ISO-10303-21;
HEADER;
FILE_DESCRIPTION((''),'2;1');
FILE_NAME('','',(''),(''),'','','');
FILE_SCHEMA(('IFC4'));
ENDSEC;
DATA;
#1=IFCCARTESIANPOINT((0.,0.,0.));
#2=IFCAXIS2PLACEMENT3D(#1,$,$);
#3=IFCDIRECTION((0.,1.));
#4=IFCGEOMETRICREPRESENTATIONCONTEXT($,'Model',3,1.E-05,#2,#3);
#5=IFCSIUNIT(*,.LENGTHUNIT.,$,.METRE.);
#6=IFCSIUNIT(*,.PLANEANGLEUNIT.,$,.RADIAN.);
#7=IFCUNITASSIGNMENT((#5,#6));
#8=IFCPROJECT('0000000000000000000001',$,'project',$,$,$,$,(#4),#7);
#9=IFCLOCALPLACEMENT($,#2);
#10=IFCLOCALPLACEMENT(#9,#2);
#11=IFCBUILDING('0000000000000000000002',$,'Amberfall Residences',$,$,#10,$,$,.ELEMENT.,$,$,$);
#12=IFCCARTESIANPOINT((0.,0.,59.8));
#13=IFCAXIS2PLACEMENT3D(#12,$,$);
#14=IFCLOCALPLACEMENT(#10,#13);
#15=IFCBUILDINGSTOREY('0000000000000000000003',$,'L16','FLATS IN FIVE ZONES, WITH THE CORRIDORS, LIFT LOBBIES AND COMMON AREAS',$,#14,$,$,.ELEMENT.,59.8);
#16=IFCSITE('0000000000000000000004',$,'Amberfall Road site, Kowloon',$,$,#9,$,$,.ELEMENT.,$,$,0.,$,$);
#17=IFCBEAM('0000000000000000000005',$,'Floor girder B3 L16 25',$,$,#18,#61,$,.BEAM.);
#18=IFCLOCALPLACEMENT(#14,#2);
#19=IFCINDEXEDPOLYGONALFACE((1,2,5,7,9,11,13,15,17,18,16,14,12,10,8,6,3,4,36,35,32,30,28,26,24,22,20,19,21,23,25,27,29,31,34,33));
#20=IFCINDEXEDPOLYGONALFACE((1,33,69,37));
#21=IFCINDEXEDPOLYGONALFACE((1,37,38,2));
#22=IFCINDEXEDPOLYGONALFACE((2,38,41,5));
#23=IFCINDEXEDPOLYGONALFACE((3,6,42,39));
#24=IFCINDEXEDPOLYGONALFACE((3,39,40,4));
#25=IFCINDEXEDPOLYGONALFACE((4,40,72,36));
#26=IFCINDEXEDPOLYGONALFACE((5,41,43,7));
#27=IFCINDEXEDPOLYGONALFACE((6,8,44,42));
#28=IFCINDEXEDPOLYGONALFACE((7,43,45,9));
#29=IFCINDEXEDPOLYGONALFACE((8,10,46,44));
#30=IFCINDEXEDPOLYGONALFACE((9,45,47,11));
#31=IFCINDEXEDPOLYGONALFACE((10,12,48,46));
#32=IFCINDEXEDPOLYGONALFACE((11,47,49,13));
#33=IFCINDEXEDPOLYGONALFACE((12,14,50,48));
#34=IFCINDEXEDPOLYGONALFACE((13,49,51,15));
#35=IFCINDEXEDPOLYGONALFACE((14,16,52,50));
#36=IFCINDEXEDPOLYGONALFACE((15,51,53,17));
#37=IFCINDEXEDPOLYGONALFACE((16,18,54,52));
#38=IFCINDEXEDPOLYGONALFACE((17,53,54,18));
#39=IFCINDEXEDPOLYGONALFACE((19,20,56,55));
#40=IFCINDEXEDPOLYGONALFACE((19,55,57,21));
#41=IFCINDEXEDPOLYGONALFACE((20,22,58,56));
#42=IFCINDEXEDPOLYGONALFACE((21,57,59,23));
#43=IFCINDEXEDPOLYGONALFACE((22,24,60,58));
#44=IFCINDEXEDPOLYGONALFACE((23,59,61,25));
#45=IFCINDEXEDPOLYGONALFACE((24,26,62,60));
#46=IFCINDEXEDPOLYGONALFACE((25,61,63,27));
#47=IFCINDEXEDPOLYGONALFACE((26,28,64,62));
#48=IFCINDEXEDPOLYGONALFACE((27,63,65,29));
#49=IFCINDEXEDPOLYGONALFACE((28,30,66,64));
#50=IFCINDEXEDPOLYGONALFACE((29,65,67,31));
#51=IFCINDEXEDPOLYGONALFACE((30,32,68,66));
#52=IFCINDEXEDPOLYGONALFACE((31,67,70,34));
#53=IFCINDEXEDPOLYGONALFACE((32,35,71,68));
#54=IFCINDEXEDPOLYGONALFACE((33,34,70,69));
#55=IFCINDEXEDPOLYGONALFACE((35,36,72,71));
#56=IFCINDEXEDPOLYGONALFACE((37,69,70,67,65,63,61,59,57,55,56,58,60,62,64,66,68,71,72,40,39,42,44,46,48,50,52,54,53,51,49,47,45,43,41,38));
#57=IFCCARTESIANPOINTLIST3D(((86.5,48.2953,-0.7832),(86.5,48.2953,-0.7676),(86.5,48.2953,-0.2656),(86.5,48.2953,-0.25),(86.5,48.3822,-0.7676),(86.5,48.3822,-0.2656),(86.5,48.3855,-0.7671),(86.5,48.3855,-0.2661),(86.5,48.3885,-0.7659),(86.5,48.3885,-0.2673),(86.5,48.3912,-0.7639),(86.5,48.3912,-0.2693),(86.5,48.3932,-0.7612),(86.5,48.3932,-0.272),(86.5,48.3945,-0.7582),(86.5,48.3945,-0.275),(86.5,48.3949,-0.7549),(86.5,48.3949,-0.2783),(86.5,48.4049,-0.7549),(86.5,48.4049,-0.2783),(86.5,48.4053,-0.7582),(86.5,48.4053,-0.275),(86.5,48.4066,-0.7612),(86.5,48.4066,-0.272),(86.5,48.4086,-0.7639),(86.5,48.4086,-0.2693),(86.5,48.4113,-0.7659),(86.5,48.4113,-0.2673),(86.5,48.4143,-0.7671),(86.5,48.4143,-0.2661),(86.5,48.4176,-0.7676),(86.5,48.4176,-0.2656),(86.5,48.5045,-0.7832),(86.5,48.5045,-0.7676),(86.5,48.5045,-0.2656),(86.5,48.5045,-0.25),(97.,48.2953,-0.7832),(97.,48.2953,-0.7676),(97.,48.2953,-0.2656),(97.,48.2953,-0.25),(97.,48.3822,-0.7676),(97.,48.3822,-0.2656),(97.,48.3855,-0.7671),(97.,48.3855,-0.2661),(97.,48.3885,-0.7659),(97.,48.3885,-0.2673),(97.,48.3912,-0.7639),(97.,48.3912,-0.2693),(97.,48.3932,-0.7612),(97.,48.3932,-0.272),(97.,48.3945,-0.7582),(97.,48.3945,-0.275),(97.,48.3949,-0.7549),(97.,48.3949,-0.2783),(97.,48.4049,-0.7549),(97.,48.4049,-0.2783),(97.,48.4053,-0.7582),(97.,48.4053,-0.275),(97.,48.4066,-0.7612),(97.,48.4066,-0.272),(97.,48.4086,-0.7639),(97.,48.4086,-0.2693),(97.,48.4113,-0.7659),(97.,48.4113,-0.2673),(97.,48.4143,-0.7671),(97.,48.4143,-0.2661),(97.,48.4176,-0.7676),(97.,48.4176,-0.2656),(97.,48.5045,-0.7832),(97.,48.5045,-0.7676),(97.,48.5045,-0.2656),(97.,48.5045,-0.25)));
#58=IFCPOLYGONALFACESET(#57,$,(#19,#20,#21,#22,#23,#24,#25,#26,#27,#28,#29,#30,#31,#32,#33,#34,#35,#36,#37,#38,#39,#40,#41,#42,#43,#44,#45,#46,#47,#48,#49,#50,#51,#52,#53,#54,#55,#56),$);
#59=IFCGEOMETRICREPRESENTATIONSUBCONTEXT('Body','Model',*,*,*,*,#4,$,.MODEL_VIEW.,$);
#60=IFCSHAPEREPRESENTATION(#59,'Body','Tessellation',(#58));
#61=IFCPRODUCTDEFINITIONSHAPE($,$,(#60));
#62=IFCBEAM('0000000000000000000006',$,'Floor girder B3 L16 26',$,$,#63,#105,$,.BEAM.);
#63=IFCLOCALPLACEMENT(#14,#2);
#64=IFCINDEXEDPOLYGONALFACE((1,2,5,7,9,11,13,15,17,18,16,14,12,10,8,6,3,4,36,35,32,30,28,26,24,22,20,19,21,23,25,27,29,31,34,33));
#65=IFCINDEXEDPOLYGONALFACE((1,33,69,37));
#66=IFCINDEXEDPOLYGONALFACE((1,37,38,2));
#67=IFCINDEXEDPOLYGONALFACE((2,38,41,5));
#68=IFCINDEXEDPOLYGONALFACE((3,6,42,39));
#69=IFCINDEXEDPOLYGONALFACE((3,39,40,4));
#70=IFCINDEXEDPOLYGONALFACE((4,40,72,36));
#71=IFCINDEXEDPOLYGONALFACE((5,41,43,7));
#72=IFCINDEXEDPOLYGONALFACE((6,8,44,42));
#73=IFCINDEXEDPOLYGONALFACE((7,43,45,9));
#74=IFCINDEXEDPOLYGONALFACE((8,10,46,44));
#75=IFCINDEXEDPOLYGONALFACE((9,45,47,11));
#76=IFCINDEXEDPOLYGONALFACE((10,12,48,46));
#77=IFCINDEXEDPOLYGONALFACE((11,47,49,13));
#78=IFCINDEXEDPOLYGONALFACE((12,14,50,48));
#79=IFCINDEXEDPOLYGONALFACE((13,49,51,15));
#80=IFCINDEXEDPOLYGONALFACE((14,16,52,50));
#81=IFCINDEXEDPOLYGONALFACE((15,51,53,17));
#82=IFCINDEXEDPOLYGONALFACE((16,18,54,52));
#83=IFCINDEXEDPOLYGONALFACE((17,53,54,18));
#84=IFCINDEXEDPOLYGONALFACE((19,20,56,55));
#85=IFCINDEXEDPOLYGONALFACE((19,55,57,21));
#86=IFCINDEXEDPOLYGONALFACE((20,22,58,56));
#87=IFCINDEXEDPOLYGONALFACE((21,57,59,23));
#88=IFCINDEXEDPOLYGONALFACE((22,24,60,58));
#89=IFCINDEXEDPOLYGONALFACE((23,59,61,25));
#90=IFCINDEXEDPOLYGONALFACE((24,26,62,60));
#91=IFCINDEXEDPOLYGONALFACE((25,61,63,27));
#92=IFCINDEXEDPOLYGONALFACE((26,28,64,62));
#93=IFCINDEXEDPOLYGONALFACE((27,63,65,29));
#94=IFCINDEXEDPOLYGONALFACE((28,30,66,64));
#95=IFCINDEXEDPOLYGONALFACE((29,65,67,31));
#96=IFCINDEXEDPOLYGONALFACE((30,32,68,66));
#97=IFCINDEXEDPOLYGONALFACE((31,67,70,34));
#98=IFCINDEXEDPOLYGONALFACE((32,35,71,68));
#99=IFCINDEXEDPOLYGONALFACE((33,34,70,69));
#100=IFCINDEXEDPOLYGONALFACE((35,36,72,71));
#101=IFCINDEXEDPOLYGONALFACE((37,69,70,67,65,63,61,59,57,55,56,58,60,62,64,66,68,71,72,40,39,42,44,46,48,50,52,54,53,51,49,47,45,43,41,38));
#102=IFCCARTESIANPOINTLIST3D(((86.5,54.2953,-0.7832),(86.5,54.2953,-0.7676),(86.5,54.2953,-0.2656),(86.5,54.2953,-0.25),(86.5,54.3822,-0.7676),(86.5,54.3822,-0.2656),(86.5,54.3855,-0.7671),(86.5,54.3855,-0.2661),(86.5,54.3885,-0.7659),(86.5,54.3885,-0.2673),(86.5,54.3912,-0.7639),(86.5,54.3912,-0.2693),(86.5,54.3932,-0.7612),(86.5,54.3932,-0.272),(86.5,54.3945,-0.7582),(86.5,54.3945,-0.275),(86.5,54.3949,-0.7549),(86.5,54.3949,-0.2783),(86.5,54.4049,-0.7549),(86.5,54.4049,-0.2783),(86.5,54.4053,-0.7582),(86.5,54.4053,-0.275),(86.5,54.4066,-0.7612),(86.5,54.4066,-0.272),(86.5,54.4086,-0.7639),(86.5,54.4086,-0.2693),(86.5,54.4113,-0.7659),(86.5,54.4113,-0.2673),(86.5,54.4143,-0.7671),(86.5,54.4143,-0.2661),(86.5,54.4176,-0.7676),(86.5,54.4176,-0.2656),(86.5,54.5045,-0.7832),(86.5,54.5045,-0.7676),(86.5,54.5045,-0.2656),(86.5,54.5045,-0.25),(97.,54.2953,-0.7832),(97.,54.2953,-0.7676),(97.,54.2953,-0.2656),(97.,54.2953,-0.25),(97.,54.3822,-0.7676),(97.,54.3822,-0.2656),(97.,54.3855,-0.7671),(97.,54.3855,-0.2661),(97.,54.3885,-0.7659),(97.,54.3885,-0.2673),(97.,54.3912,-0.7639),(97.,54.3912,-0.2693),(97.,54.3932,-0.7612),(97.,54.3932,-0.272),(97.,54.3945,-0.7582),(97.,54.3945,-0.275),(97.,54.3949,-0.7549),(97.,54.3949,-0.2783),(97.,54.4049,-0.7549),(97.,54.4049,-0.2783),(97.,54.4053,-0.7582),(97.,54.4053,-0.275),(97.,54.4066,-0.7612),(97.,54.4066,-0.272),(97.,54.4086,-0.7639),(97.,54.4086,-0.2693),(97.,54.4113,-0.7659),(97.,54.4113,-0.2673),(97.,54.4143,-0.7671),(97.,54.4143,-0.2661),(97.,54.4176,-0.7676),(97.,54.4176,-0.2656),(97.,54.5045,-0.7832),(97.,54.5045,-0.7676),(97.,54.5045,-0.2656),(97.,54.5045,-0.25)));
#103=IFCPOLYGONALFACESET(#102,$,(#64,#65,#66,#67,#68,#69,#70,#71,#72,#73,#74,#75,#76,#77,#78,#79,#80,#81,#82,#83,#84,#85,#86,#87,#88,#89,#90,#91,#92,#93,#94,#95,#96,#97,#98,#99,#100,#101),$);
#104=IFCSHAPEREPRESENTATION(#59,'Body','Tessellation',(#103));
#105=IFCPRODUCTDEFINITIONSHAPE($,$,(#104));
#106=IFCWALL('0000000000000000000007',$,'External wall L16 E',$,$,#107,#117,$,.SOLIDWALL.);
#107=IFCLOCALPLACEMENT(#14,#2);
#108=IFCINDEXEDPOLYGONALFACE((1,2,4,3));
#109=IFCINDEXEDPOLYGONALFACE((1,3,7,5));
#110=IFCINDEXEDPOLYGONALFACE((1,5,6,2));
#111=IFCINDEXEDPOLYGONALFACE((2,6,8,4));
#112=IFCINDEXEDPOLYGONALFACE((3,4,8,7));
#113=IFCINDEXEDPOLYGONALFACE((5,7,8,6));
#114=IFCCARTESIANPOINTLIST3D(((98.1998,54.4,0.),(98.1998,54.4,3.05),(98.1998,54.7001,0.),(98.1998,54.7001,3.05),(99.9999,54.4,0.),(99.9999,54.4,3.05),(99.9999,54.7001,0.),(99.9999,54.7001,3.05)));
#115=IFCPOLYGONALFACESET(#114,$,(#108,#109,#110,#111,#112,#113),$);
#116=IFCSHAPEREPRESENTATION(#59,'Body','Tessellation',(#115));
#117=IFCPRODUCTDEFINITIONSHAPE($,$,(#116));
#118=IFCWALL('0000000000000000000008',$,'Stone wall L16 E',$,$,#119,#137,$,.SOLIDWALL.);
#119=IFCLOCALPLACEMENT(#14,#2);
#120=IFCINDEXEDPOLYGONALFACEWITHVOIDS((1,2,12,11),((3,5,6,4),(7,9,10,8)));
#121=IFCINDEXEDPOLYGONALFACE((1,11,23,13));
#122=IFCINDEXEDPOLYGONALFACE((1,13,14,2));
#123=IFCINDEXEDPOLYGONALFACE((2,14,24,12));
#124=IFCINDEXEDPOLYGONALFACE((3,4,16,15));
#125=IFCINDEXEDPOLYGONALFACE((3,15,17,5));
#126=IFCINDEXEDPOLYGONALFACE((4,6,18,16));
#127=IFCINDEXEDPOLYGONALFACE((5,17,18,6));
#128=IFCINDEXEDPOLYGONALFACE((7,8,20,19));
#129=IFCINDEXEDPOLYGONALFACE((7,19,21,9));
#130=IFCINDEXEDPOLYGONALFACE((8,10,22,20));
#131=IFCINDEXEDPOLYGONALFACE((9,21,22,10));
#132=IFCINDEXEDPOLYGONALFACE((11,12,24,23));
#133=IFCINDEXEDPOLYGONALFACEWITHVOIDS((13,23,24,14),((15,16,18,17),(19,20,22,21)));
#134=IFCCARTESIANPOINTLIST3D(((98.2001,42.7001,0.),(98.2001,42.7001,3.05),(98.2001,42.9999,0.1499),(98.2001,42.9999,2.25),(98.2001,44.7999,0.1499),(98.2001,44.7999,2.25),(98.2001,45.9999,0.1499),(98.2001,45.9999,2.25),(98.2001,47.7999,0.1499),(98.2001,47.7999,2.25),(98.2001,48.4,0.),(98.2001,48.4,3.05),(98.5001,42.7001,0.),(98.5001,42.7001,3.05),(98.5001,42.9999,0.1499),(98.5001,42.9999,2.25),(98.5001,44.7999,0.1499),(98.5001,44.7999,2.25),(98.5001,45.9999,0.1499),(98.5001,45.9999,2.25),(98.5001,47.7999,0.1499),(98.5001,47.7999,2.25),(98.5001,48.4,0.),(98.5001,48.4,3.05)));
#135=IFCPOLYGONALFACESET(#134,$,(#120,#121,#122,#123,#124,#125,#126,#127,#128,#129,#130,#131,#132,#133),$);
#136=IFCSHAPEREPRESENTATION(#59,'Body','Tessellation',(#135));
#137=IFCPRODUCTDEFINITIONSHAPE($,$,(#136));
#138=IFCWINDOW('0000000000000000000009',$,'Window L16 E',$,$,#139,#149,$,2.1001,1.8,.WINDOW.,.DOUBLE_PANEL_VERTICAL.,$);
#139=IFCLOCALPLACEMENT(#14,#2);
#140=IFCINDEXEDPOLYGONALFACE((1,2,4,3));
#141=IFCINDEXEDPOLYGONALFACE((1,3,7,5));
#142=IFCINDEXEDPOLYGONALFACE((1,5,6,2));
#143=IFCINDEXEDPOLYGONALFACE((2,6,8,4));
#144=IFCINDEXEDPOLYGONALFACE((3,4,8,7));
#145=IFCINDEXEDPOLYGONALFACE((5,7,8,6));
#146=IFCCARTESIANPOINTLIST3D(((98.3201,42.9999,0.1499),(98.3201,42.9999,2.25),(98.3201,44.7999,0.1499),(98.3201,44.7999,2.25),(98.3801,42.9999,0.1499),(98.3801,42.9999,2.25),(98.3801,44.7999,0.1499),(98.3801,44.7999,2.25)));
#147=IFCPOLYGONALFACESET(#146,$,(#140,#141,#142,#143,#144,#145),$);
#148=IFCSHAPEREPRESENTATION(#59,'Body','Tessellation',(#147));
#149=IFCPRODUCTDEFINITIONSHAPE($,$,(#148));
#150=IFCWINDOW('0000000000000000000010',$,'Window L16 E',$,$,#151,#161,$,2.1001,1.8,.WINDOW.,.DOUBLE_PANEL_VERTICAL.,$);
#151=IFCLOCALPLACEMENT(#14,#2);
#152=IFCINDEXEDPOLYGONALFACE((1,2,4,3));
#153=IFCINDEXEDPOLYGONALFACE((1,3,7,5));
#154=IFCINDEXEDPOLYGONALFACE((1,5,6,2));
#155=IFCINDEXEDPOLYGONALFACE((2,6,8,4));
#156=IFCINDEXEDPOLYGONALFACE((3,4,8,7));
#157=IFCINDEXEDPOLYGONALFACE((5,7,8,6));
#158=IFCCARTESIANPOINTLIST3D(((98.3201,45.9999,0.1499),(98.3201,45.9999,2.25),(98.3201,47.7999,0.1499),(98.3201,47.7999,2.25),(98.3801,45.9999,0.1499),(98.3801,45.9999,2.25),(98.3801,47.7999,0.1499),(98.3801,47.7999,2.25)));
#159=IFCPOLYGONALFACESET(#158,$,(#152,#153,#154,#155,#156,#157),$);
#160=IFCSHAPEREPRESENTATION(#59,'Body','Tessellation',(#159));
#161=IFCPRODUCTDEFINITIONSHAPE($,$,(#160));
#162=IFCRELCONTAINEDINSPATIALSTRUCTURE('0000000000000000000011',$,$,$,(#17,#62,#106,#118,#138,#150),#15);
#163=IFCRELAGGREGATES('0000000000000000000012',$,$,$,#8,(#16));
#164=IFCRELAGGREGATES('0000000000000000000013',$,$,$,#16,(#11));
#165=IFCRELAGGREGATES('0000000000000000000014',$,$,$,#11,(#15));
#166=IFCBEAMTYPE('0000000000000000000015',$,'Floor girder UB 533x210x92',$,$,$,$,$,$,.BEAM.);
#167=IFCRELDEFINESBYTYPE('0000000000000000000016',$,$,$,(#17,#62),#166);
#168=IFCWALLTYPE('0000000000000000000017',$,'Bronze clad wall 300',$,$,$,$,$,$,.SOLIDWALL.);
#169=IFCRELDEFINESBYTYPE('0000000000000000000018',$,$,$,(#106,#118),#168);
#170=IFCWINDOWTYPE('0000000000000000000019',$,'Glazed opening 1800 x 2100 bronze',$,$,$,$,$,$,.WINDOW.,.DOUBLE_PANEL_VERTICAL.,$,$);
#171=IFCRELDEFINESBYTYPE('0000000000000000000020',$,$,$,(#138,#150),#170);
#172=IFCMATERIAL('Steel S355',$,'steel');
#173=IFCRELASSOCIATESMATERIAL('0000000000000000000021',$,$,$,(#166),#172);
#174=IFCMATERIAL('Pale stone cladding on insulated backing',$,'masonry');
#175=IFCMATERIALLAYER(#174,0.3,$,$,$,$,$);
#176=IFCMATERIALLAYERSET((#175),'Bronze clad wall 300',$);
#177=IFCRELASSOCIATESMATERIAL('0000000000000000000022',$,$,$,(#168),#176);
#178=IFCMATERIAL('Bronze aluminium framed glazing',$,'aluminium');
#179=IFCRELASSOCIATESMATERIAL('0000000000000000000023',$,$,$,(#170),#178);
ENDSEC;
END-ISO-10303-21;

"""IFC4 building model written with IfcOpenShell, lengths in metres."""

from ifc_helpers import new_model, si_unit, direction, frame, frame_2d, origin, origin_2d, place, context, subcontext, project, spatial, rectangle, i_section, extrude, material, layer, layer_set, material_profile, profile_set, type_object, element, fill, save


model = new_model("IFC4")

# Units and contexts
model_context = context("Model", 3, precision=1e-05, world=origin(), true_north=direction((0.0, 1.0)))
body_context = subcontext(model_context, "Body", "Model", "MODEL_VIEW")
ifc_project = project(units=[si_unit("LENGTHUNIT", "METRE"), si_unit("PLANEANGLEUNIT", "RADIAN")], contexts=[model_context])

# Site, building, storey
site_placement = place(None, origin())
site = spatial("IfcSite", under=ifc_project, at=site_placement, Name="Amberfall Road site, Kowloon", CompositionType="ELEMENT", RefElevation=0.0)
building_placement = place(site_placement, origin())
building = spatial("IfcBuilding", under=site, at=building_placement, Name="Amberfall Residences", CompositionType="ELEMENT")
storey_placement = place(building_placement, frame((0.0, 0.0, 59.8)))
storey = spatial("IfcBuildingStorey", under=building, at=storey_placement, Name="L16", Description="FLATS IN FIVE ZONES, WITH THE CORRIDORS, LIFT LOBBIES AND COMMON AREAS", CompositionType="ELEMENT", Elevation=59.8)

# Shared definitions
ifc_material_1 = material(Name="Steel S355", Category="steel")

# Beams
ifc_material_profile_1 = material_profile(ifc_material_1, i_section(OverallWidth=0.2092, OverallDepth=0.5332, WebThickness=0.01, FlangeThickness=0.0156, FilletRadius=0.0127, at=origin_2d()), Name="UB 533x210x92")
ifc_profile_set_1 = profile_set([ifc_material_profile_1], Name="Steel S355")
beam_type_1 = type_object("IfcBeamType", Name="Floor girder UB 533x210x92", PredefinedType="BEAM", material=ifc_profile_set_1)
for number, where, z_axis, x_axis, name in (
    (1, (97.0, 48.3999, -0.5166), (-1.0, 0.0, 0.0), (0.0, -1.0, 0.0), "Floor girder B3 L16 25"),
    (2, (97.0, 54.3999, -0.5166), (-1.0, 0.0, 0.0), (0.0, -1.0, 0.0), "Floor girder B3 L16 26"),
):
    element("IfcBeam", number, at=place(storey_placement, frame(where, z_axis=z_axis, x_axis=x_axis)), inside=storey, type_object=beam_type_1, Name=name, PredefinedType="BEAM", context=body_context, shape_type="SweptSolid", body=[
        extrude(i_section(OverallWidth=0.2092, OverallDepth=0.5332, WebThickness=0.01, FlangeThickness=0.0156, FilletRadius=0.0127, at=origin_2d()), origin(), (0.0, 0.0, 1.0), 10.5),
    ])

# Wall
ifc_material_2 = material(Name="Pale stone cladding on insulated backing", Category="masonry")
ifc_layer_1 = layer(ifc_material_2, 0.3)
ifc_layer_set_1 = layer_set([ifc_layer_1], Name="Bronze clad wall 300")
wall_type_1 = type_object("IfcWallType", Name="Bronze clad wall 300", PredefinedType="SOLIDWALL", material=ifc_layer_set_1)
wall_1_placement = place(storey_placement, frame((98.2, 54.55, 0.0), z_axis=(0.0, 0.0, 1.0), x_axis=(1.0, 0.0, 0.0)))
element("IfcWall", 3, at=wall_1_placement, inside=storey, type_object=wall_type_1, Name="External wall L16 E", PredefinedType="SOLIDWALL", context=body_context, shape_type="SweptSolid", body=[
    extrude(rectangle(XDim=1.8, YDim=0.3, at=frame_2d((0.8999, 0.0))), origin(), (0.0, 0.0, 1.0), 3.05),
])

# Wall, openings, windows
wall_2_placement = place(storey_placement, frame((98.3501, 42.7, 0.0), z_axis=(0.0, 0.0, 1.0), x_axis=(0.0, 1.0, 0.0)))
wall_2 = element("IfcWall", 4, at=wall_2_placement, inside=storey, type_object=wall_type_1, Name="Stone wall L16 E", PredefinedType="SOLIDWALL", context=body_context, shape_type="SweptSolid", body=[
    extrude(rectangle(XDim=5.7, YDim=0.3, at=frame_2d((2.8501, 0.0))), origin(), (0.0, 0.0, 1.0), 3.05),
])
opening_1_placement = place(wall_2_placement, frame((0.3, 0.0, 0.1499)))
opening_1 = element("IfcOpeningElement", 5, at=opening_1_placement, cuts=wall_2, PredefinedType="OPENING", context=body_context, shape_type="SweptSolid", body=[
    extrude(rectangle(XDim=1.8, YDim=2.1001, at=frame_2d((0.8999, 1.05))), frame((0.0, 0.1599, 0.0), z_axis=(0.0, -1.0, 0.0), x_axis=(1.0, 0.0, 0.0)), (0.0, 0.0, 1.0), 0.3201),
])
opening_2_placement = place(wall_2_placement, frame((3.3, 0.0, 0.1499)))
opening_2 = element("IfcOpeningElement", 6, at=opening_2_placement, cuts=wall_2, PredefinedType="OPENING", context=body_context, shape_type="SweptSolid", body=[
    extrude(rectangle(XDim=1.8, YDim=2.1001, at=frame_2d((0.8999, 1.05))), frame((0.0, 0.1599, 0.0), z_axis=(0.0, -1.0, 0.0), x_axis=(1.0, 0.0, 0.0)), (0.0, 0.0, 1.0), 0.3201),
])
ifc_material_3 = material(Name="Bronze aluminium framed glazing", Category="aluminium")
window_type = type_object("IfcWindowType", Name="Glazed opening 1800 x 2100 bronze", PartitioningType="DOUBLE_PANEL_VERTICAL", PredefinedType="WINDOW", material=ifc_material_3)
window_1_placement = place(opening_1_placement, origin())
window_1 = element("IfcWindow", 7, at=window_1_placement, inside=storey, type_object=window_type, Name="Window L16 E", OverallHeight=2.1001, OverallWidth=1.8, PartitioningType="DOUBLE_PANEL_VERTICAL", PredefinedType="WINDOW", context=body_context, shape_type="SweptSolid", body=[
    extrude(rectangle(XDim=1.8, YDim=2.1001, at=frame_2d((0.8999, 1.05))), frame((0.0, 0.03, 0.0), z_axis=(0.0, -1.0, 0.0), x_axis=(1.0, 0.0, 0.0)), (0.0, 0.0, 1.0), 0.0601),
])
fill(opening_1, window_1)
window_2_placement = place(opening_2_placement, origin())
window_2 = element("IfcWindow", 8, at=window_2_placement, inside=storey, type_object=window_type, Name="Window L16 E", OverallHeight=2.1001, OverallWidth=1.8, PartitioningType="DOUBLE_PANEL_VERTICAL", PredefinedType="WINDOW", context=body_context, shape_type="SweptSolid", body=[
    extrude(rectangle(XDim=1.8, YDim=2.1001, at=frame_2d((0.8999, 1.05))), frame((0.0, 0.03, 0.0), z_axis=(0.0, -1.0, 0.0), x_axis=(1.0, 0.0, 0.0)), (0.0, 0.0, 1.0), 0.0601),
])
fill(opening_2, window_2)

save(model, "model.ifc")
